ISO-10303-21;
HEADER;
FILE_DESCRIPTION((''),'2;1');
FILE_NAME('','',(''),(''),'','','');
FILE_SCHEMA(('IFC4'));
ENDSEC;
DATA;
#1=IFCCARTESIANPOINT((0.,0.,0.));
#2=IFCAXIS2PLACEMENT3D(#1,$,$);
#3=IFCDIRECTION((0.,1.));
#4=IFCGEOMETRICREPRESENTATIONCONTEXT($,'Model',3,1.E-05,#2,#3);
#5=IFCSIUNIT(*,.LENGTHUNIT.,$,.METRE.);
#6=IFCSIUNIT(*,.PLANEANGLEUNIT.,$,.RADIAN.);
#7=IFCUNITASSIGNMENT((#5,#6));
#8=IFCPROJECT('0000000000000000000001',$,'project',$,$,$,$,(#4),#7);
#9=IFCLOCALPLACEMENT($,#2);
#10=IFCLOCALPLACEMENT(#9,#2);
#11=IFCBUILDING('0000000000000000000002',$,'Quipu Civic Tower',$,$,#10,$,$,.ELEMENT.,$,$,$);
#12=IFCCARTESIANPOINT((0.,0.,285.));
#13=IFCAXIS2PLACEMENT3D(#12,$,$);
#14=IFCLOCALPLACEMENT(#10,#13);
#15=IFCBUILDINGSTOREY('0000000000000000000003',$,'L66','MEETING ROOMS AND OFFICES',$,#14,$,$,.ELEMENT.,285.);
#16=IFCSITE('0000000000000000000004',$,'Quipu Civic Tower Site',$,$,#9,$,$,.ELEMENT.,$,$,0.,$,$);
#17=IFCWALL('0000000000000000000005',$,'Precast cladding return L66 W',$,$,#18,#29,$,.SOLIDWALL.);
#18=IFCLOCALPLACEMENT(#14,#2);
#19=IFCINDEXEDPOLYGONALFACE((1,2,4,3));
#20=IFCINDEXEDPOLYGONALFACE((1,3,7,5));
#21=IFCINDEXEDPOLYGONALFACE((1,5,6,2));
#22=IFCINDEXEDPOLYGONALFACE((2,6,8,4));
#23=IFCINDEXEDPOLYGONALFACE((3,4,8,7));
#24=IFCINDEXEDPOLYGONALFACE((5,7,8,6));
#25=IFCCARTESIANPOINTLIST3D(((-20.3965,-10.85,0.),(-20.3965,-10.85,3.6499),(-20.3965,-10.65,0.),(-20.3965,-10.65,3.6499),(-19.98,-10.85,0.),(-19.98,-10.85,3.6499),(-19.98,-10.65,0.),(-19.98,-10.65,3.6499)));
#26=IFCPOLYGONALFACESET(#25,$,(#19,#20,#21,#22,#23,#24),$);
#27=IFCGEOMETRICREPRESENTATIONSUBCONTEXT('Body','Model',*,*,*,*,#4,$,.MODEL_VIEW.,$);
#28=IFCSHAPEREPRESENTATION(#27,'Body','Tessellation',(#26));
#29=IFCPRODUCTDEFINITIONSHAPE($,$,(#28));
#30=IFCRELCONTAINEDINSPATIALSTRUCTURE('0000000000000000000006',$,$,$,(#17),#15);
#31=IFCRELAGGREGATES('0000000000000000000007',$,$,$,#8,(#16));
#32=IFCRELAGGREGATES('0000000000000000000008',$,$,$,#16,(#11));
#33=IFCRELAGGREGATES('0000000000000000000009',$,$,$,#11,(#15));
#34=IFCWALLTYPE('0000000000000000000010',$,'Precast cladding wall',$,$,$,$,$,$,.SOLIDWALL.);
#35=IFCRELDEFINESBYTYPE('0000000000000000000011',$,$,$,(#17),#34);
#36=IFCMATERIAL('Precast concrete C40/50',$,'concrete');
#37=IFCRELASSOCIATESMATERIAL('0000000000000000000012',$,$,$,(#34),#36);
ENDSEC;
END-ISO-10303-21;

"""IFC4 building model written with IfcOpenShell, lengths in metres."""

from ifc_helpers import new_model, si_unit, direction, frame, frame_2d, origin, place, context, subcontext, project, spatial, rectangle, extrude, material, type_object, element, save


model = new_model("IFC4")

# Units and contexts
model_context = context("Model", 3, precision=1e-05, world=origin(), true_north=direction((0.0, 1.0)))
body_context = subcontext(model_context, "Body", "Model", "MODEL_VIEW")
ifc_project = project(units=[si_unit("LENGTHUNIT", "METRE"), si_unit("PLANEANGLEUNIT", "RADIAN")], contexts=[model_context])

# Site, building, storey
site_placement = place(None, origin())
site = spatial("IfcSite", under=ifc_project, at=site_placement, Name="Quipu Civic Tower Site", CompositionType="ELEMENT", RefElevation=0.0)
building_placement = place(site_placement, origin())
building = spatial("IfcBuilding", under=site, at=building_placement, Name="Quipu Civic Tower", CompositionType="ELEMENT")
storey_placement = place(building_placement, frame((0.0, 0.0, 285.0)))
storey = spatial("IfcBuildingStorey", under=building, at=storey_placement, Name="L66", Description="MEETING ROOMS AND OFFICES", CompositionType="ELEMENT", Elevation=285.0)

# Wall
ifc_material_1 = material(Name="Precast concrete C40/50", Category="concrete")
wall_type_1 = type_object("IfcWallType", Name="Precast cladding wall", PredefinedType="SOLIDWALL", material=ifc_material_1)
wall_1_placement = place(storey_placement, frame((-19.98, -10.75, 0.0), z_axis=(0.0, 0.0, 1.0), x_axis=(-1.0, 0.0, 0.0)))
element("IfcWall", 1, at=wall_1_placement, inside=storey, type_object=wall_type_1, Name="Precast cladding return L66 W", PredefinedType="SOLIDWALL", context=body_context, shape_type="SweptSolid", body=[
    extrude(rectangle(XDim=0.4165, YDim=0.2, at=frame_2d((0.2083, 0.0))), origin(), (0.0, 0.0, 1.0), 3.6499),
])

save(model, "model.ifc")
